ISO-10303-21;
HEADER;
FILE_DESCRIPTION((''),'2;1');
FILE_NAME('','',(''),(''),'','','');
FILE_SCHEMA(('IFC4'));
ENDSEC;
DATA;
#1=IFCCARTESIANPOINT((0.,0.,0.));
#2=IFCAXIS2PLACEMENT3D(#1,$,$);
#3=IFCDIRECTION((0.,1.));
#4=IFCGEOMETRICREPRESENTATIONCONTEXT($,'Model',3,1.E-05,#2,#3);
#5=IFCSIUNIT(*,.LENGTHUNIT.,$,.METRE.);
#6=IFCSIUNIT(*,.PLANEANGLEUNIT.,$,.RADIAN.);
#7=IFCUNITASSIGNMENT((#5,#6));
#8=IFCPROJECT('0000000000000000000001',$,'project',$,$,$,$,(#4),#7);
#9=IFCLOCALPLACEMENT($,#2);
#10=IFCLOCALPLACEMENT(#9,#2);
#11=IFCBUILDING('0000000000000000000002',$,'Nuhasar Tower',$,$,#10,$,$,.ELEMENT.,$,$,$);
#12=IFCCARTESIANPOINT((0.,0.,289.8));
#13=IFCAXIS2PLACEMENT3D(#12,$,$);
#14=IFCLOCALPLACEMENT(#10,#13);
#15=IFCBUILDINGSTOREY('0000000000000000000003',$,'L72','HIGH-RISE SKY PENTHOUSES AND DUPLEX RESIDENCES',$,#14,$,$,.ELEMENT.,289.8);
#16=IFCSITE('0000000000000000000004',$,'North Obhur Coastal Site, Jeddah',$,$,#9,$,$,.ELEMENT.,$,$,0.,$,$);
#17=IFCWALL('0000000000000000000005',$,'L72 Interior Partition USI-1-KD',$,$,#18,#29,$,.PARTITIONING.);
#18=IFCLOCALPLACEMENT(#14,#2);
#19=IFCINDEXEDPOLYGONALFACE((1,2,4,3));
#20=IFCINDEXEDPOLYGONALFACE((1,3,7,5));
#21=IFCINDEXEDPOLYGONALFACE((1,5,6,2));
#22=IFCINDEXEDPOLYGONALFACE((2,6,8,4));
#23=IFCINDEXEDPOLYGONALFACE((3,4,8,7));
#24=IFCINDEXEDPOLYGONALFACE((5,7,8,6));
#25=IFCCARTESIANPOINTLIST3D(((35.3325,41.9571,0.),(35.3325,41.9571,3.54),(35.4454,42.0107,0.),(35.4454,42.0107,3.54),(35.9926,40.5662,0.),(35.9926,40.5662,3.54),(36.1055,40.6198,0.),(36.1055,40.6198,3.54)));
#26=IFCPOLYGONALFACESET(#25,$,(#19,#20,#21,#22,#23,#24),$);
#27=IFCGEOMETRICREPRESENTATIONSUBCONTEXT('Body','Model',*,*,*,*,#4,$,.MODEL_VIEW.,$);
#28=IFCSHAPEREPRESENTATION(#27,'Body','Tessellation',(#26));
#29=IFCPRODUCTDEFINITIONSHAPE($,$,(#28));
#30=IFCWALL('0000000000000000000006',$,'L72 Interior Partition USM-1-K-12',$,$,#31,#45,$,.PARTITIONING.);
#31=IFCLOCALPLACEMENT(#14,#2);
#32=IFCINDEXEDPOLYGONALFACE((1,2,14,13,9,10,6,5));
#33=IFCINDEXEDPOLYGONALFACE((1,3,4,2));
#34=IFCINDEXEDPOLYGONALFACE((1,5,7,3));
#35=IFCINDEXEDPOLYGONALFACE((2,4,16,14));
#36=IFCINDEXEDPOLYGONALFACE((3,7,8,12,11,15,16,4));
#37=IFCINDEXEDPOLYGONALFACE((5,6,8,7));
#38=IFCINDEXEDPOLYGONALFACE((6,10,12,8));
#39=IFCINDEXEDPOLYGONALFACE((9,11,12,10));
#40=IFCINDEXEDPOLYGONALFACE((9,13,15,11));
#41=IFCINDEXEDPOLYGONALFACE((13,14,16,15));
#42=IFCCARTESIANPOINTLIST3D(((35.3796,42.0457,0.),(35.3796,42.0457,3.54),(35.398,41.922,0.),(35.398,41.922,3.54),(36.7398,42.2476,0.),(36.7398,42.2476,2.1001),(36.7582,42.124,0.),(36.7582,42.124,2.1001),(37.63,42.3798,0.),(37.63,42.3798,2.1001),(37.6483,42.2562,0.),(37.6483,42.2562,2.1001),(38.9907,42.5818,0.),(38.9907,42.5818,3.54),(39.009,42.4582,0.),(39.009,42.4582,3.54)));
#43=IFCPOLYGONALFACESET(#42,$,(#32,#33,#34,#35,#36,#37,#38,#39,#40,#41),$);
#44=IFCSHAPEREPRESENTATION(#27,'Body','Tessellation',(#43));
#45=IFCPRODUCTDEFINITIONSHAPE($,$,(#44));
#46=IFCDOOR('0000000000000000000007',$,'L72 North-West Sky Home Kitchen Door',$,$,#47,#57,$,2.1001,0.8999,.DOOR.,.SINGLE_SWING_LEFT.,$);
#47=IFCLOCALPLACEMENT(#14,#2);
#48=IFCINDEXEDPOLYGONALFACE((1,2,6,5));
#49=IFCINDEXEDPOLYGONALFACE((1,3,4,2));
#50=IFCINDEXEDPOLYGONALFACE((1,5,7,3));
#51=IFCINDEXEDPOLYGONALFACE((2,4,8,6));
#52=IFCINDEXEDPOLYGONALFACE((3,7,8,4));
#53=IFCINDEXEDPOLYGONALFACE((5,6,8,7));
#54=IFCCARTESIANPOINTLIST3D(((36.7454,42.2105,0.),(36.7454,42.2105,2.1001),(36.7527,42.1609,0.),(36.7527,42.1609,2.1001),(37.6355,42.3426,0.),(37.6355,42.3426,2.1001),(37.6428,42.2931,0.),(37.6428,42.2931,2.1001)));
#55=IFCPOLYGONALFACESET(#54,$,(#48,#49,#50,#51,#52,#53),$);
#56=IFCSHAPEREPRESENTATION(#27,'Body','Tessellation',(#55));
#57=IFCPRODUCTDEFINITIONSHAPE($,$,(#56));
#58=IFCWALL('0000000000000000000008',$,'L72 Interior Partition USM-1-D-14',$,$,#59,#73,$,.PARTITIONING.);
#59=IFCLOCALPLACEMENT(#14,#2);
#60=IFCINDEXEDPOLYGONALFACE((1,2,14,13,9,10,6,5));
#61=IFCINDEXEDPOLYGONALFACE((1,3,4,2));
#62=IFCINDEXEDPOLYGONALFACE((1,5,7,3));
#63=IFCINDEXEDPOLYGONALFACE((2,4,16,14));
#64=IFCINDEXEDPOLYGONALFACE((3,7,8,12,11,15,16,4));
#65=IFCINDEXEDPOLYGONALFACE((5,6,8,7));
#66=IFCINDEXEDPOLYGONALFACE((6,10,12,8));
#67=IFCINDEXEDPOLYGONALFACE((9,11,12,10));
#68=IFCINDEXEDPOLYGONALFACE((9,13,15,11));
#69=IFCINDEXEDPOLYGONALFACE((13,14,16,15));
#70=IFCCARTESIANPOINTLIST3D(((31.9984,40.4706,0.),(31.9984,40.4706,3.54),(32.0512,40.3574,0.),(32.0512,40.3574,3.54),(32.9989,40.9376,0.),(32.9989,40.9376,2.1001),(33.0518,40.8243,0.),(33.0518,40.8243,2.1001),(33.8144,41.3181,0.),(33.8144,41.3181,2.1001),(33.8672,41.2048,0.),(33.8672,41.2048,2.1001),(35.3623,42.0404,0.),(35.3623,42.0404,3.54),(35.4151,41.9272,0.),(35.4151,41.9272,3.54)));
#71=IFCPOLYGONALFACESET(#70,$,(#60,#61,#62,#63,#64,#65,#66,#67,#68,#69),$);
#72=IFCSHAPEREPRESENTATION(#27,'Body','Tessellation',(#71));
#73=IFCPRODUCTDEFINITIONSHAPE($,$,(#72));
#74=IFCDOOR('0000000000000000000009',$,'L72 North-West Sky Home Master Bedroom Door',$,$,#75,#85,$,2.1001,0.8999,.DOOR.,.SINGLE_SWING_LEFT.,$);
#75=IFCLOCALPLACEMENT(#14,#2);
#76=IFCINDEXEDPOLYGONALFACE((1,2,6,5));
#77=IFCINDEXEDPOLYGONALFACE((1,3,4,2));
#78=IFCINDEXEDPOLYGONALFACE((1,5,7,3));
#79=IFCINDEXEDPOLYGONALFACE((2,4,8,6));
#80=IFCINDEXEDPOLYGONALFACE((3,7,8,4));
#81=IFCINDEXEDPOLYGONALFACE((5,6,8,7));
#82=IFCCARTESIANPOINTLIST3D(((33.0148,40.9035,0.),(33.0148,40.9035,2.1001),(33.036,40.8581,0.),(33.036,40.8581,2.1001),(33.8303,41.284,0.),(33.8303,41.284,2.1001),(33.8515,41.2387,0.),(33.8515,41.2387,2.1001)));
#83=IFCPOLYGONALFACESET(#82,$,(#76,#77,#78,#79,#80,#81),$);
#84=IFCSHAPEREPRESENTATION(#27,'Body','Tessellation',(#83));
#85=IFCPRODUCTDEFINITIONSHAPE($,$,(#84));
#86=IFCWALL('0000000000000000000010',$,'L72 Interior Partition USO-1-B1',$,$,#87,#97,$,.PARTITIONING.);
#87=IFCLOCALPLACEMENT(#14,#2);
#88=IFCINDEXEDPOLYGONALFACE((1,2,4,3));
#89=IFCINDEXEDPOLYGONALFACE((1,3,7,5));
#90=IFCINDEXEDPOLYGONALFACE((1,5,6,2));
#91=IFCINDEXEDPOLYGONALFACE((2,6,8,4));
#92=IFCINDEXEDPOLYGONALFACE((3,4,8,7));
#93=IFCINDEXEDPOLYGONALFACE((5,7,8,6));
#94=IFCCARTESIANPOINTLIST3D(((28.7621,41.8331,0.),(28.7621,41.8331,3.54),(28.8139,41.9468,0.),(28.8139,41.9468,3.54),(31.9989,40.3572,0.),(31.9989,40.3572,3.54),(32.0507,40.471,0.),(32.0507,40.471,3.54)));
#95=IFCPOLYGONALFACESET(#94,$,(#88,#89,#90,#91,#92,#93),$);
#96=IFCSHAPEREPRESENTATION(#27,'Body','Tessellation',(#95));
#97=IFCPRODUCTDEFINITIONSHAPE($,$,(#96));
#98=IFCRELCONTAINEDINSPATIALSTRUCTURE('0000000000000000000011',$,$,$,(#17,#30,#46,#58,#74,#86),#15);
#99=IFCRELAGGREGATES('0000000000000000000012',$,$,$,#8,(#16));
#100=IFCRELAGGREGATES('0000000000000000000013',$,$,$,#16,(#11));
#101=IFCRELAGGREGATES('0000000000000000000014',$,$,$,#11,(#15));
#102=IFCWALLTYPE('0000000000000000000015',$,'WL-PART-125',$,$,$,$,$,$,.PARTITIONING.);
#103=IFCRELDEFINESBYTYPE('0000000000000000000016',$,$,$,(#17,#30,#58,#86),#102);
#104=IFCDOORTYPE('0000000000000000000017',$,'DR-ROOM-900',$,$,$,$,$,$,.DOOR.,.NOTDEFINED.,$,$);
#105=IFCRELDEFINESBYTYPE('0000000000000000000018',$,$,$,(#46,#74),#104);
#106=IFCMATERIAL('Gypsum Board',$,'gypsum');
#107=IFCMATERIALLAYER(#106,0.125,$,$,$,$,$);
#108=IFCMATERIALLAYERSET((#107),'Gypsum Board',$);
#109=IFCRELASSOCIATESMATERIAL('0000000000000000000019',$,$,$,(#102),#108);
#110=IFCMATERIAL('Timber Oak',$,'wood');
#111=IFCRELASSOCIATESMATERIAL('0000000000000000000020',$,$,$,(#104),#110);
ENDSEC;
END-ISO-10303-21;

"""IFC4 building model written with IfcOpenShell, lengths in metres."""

from ifc_helpers import new_model, si_unit, direction, frame, frame_2d, origin, place, context, subcontext, project, spatial, rectangle, extrude, material, layer, layer_set, type_object, element, fill, save


model = new_model("IFC4")

# Units and contexts
model_context = context("Model", 3, precision=1e-05, world=origin(), true_north=direction((0.0, 1.0)))
body_context = subcontext(model_context, "Body", "Model", "MODEL_VIEW")
ifc_project = project(units=[si_unit("LENGTHUNIT", "METRE"), si_unit("PLANEANGLEUNIT", "RADIAN")], contexts=[model_context])

# Site, building, storey
site_placement = place(None, origin())
site = spatial("IfcSite", under=ifc_project, at=site_placement, Name="North Obhur Coastal Site, Jeddah", CompositionType="ELEMENT", RefElevation=0.0)
building_placement = place(site_placement, origin())
building = spatial("IfcBuilding", under=site, at=building_placement, Name="Nuhasar Tower", CompositionType="ELEMENT")
storey_placement = place(building_placement, frame((0.0, 0.0, 289.8)))
storey = spatial("IfcBuildingStorey", under=building, at=storey_placement, Name="L72", Description="HIGH-RISE SKY PENTHOUSES AND DUPLEX RESIDENCES", CompositionType="ELEMENT", Elevation=289.8)

# Shared definitions
ifc_material_1 = material(Name="Gypsum Board", Category="gypsum")

# Wall
ifc_layer_1 = layer(ifc_material_1, 0.125)
ifc_layer_set_1 = layer_set([ifc_layer_1], Name="Gypsum Board")
wall_type_1 = type_object("IfcWallType", Name="WL-PART-125", PredefinedType="PARTITIONING", material=ifc_layer_set_1)
wall_1_placement = place(storey_placement, frame((36.0491, 40.593, 0.0), z_axis=(0.0, 0.0, 1.0), x_axis=(-0.428788, 0.903405, 0.0)))
element("IfcWall", 1, at=wall_1_placement, inside=storey, type_object=wall_type_1, Name="L72 Interior Partition USI-1-KD", PredefinedType="PARTITIONING", context=body_context, shape_type="SweptSolid", body=[
    extrude(rectangle(XDim=1.5396, YDim=0.125, at=frame_2d((0.7698, 0.0))), origin(), (0.0, 0.0, 1.0), 3.54),
])

# Walls, openings, doors
wall_2_placement = place(storey_placement, frame((35.3889, 41.9839, 0.0), z_axis=(0.0, 0.0, 1.0), x_axis=(0.989157, 0.146859, 0.0)))
wall_2 = element("IfcWall", 2, at=wall_2_placement, inside=storey, type_object=wall_type_1, Name="L72 Interior Partition USM-1-K-12", PredefinedType="PARTITIONING", context=body_context, shape_type="SweptSolid", body=[
    extrude(rectangle(XDim=3.6506, YDim=0.125, at=frame_2d((1.8252, 0.0))), origin(), (0.0, 0.0, 1.0), 3.54),
])
opening_1_placement = place(wall_2_placement, frame((1.375, 0.0, 0.0)))
opening_1 = element("IfcOpeningElement", 3, at=opening_1_placement, cuts=wall_2, PredefinedType="OPENING", context=body_context, shape_type="SweptSolid", body=[
    extrude(rectangle(XDim=0.8999, YDim=2.1001, at=frame_2d((0.45, 1.05))), frame((0.0, 0.0725, 0.0), z_axis=(0.0, -1.0, 0.0), x_axis=(1.0, 0.0, 0.0)), (0.0, 0.0, 1.0), 0.145),
])
ifc_material_2 = material(Name="Timber Oak", Category="wood")
door_type_1 = type_object("IfcDoorType", Name="DR-ROOM-900", OperationType="NOTDEFINED", PredefinedType="DOOR", material=ifc_material_2)
door_1_placement = place(opening_1_placement, origin())
door_1 = element("IfcDoor", 4, at=door_1_placement, inside=storey, type_object=door_type_1, Name="L72 North-West Sky Home Kitchen Door", OperationType="SINGLE_SWING_LEFT", OverallHeight=2.1001, OverallWidth=0.8999, PredefinedType="DOOR", context=body_context, shape_type="SweptSolid", body=[
    extrude(rectangle(XDim=0.8999, YDim=2.1001, at=frame_2d((0.45, 1.05))), frame((0.0, 0.0249, 0.0), z_axis=(0.0, -1.0, 0.0), x_axis=(1.0, 0.0, 0.0)), (0.0, 0.0, 1.0), 0.05),
])
fill(opening_1, door_1)
wall_3_placement = place(storey_placement, frame((32.0249, 40.4141, 0.0), z_axis=(0.0, 0.0, 1.0), x_axis=(0.906188, 0.422875, 0.0)))
wall_3 = element("IfcWall", 5, at=wall_3_placement, inside=storey, type_object=wall_type_1, Name="L72 Interior Partition USM-1-D-14", PredefinedType="PARTITIONING", context=body_context, shape_type="SweptSolid", body=[
    extrude(rectangle(XDim=3.7122, YDim=0.125, at=frame_2d((1.856, 0.0))), origin(), (0.0, 0.0, 1.0), 3.54),
])
opening_2_placement = place(wall_3_placement, frame((1.104, 0.0, 0.0)))
opening_2 = element("IfcOpeningElement", 6, at=opening_2_placement, cuts=wall_3, PredefinedType="OPENING", context=body_context, shape_type="SweptSolid", body=[
    extrude(rectangle(XDim=0.8999, YDim=2.1001, at=frame_2d((0.45, 1.05))), frame((0.0, 0.0725, 0.0), z_axis=(0.0, -1.0, 0.0), x_axis=(1.0, 0.0, 0.0)), (0.0, 0.0, 1.0), 0.145),
])
door_2_placement = place(opening_2_placement, origin())
door_2 = element("IfcDoor", 7, at=door_2_placement, inside=storey, type_object=door_type_1, Name="L72 North-West Sky Home Master Bedroom Door", OperationType="SINGLE_SWING_LEFT", OverallHeight=2.1001, OverallWidth=0.8999, PredefinedType="DOOR", context=body_context, shape_type="SweptSolid", body=[
    extrude(rectangle(XDim=0.8999, YDim=2.1001, at=frame_2d((0.45, 1.05))), frame((0.0, 0.0249, 0.0), z_axis=(0.0, -1.0, 0.0), x_axis=(1.0, 0.0, 0.0)), (0.0, 0.0, 1.0), 0.05),
])
fill(opening_2, door_2)

# Wall
wall_4_placement = place(storey_placement, frame((32.0249, 40.4141, 0.0), z_axis=(0.0, 0.0, 1.0), x_axis=(-0.909884, 0.414863, 0.0)))
element("IfcWall", 8, at=wall_4_placement, inside=storey, type_object=wall_type_1, Name="L72 Interior Partition USO-1-B1", PredefinedType="PARTITIONING", context=body_context, shape_type="SweptSolid", body=[
    extrude(rectangle(XDim=3.5574, YDim=0.125, at=frame_2d((1.7788, 0.0))), origin(), (0.0, 0.0, 1.0), 3.54),
])

save(model, "model.ifc")
